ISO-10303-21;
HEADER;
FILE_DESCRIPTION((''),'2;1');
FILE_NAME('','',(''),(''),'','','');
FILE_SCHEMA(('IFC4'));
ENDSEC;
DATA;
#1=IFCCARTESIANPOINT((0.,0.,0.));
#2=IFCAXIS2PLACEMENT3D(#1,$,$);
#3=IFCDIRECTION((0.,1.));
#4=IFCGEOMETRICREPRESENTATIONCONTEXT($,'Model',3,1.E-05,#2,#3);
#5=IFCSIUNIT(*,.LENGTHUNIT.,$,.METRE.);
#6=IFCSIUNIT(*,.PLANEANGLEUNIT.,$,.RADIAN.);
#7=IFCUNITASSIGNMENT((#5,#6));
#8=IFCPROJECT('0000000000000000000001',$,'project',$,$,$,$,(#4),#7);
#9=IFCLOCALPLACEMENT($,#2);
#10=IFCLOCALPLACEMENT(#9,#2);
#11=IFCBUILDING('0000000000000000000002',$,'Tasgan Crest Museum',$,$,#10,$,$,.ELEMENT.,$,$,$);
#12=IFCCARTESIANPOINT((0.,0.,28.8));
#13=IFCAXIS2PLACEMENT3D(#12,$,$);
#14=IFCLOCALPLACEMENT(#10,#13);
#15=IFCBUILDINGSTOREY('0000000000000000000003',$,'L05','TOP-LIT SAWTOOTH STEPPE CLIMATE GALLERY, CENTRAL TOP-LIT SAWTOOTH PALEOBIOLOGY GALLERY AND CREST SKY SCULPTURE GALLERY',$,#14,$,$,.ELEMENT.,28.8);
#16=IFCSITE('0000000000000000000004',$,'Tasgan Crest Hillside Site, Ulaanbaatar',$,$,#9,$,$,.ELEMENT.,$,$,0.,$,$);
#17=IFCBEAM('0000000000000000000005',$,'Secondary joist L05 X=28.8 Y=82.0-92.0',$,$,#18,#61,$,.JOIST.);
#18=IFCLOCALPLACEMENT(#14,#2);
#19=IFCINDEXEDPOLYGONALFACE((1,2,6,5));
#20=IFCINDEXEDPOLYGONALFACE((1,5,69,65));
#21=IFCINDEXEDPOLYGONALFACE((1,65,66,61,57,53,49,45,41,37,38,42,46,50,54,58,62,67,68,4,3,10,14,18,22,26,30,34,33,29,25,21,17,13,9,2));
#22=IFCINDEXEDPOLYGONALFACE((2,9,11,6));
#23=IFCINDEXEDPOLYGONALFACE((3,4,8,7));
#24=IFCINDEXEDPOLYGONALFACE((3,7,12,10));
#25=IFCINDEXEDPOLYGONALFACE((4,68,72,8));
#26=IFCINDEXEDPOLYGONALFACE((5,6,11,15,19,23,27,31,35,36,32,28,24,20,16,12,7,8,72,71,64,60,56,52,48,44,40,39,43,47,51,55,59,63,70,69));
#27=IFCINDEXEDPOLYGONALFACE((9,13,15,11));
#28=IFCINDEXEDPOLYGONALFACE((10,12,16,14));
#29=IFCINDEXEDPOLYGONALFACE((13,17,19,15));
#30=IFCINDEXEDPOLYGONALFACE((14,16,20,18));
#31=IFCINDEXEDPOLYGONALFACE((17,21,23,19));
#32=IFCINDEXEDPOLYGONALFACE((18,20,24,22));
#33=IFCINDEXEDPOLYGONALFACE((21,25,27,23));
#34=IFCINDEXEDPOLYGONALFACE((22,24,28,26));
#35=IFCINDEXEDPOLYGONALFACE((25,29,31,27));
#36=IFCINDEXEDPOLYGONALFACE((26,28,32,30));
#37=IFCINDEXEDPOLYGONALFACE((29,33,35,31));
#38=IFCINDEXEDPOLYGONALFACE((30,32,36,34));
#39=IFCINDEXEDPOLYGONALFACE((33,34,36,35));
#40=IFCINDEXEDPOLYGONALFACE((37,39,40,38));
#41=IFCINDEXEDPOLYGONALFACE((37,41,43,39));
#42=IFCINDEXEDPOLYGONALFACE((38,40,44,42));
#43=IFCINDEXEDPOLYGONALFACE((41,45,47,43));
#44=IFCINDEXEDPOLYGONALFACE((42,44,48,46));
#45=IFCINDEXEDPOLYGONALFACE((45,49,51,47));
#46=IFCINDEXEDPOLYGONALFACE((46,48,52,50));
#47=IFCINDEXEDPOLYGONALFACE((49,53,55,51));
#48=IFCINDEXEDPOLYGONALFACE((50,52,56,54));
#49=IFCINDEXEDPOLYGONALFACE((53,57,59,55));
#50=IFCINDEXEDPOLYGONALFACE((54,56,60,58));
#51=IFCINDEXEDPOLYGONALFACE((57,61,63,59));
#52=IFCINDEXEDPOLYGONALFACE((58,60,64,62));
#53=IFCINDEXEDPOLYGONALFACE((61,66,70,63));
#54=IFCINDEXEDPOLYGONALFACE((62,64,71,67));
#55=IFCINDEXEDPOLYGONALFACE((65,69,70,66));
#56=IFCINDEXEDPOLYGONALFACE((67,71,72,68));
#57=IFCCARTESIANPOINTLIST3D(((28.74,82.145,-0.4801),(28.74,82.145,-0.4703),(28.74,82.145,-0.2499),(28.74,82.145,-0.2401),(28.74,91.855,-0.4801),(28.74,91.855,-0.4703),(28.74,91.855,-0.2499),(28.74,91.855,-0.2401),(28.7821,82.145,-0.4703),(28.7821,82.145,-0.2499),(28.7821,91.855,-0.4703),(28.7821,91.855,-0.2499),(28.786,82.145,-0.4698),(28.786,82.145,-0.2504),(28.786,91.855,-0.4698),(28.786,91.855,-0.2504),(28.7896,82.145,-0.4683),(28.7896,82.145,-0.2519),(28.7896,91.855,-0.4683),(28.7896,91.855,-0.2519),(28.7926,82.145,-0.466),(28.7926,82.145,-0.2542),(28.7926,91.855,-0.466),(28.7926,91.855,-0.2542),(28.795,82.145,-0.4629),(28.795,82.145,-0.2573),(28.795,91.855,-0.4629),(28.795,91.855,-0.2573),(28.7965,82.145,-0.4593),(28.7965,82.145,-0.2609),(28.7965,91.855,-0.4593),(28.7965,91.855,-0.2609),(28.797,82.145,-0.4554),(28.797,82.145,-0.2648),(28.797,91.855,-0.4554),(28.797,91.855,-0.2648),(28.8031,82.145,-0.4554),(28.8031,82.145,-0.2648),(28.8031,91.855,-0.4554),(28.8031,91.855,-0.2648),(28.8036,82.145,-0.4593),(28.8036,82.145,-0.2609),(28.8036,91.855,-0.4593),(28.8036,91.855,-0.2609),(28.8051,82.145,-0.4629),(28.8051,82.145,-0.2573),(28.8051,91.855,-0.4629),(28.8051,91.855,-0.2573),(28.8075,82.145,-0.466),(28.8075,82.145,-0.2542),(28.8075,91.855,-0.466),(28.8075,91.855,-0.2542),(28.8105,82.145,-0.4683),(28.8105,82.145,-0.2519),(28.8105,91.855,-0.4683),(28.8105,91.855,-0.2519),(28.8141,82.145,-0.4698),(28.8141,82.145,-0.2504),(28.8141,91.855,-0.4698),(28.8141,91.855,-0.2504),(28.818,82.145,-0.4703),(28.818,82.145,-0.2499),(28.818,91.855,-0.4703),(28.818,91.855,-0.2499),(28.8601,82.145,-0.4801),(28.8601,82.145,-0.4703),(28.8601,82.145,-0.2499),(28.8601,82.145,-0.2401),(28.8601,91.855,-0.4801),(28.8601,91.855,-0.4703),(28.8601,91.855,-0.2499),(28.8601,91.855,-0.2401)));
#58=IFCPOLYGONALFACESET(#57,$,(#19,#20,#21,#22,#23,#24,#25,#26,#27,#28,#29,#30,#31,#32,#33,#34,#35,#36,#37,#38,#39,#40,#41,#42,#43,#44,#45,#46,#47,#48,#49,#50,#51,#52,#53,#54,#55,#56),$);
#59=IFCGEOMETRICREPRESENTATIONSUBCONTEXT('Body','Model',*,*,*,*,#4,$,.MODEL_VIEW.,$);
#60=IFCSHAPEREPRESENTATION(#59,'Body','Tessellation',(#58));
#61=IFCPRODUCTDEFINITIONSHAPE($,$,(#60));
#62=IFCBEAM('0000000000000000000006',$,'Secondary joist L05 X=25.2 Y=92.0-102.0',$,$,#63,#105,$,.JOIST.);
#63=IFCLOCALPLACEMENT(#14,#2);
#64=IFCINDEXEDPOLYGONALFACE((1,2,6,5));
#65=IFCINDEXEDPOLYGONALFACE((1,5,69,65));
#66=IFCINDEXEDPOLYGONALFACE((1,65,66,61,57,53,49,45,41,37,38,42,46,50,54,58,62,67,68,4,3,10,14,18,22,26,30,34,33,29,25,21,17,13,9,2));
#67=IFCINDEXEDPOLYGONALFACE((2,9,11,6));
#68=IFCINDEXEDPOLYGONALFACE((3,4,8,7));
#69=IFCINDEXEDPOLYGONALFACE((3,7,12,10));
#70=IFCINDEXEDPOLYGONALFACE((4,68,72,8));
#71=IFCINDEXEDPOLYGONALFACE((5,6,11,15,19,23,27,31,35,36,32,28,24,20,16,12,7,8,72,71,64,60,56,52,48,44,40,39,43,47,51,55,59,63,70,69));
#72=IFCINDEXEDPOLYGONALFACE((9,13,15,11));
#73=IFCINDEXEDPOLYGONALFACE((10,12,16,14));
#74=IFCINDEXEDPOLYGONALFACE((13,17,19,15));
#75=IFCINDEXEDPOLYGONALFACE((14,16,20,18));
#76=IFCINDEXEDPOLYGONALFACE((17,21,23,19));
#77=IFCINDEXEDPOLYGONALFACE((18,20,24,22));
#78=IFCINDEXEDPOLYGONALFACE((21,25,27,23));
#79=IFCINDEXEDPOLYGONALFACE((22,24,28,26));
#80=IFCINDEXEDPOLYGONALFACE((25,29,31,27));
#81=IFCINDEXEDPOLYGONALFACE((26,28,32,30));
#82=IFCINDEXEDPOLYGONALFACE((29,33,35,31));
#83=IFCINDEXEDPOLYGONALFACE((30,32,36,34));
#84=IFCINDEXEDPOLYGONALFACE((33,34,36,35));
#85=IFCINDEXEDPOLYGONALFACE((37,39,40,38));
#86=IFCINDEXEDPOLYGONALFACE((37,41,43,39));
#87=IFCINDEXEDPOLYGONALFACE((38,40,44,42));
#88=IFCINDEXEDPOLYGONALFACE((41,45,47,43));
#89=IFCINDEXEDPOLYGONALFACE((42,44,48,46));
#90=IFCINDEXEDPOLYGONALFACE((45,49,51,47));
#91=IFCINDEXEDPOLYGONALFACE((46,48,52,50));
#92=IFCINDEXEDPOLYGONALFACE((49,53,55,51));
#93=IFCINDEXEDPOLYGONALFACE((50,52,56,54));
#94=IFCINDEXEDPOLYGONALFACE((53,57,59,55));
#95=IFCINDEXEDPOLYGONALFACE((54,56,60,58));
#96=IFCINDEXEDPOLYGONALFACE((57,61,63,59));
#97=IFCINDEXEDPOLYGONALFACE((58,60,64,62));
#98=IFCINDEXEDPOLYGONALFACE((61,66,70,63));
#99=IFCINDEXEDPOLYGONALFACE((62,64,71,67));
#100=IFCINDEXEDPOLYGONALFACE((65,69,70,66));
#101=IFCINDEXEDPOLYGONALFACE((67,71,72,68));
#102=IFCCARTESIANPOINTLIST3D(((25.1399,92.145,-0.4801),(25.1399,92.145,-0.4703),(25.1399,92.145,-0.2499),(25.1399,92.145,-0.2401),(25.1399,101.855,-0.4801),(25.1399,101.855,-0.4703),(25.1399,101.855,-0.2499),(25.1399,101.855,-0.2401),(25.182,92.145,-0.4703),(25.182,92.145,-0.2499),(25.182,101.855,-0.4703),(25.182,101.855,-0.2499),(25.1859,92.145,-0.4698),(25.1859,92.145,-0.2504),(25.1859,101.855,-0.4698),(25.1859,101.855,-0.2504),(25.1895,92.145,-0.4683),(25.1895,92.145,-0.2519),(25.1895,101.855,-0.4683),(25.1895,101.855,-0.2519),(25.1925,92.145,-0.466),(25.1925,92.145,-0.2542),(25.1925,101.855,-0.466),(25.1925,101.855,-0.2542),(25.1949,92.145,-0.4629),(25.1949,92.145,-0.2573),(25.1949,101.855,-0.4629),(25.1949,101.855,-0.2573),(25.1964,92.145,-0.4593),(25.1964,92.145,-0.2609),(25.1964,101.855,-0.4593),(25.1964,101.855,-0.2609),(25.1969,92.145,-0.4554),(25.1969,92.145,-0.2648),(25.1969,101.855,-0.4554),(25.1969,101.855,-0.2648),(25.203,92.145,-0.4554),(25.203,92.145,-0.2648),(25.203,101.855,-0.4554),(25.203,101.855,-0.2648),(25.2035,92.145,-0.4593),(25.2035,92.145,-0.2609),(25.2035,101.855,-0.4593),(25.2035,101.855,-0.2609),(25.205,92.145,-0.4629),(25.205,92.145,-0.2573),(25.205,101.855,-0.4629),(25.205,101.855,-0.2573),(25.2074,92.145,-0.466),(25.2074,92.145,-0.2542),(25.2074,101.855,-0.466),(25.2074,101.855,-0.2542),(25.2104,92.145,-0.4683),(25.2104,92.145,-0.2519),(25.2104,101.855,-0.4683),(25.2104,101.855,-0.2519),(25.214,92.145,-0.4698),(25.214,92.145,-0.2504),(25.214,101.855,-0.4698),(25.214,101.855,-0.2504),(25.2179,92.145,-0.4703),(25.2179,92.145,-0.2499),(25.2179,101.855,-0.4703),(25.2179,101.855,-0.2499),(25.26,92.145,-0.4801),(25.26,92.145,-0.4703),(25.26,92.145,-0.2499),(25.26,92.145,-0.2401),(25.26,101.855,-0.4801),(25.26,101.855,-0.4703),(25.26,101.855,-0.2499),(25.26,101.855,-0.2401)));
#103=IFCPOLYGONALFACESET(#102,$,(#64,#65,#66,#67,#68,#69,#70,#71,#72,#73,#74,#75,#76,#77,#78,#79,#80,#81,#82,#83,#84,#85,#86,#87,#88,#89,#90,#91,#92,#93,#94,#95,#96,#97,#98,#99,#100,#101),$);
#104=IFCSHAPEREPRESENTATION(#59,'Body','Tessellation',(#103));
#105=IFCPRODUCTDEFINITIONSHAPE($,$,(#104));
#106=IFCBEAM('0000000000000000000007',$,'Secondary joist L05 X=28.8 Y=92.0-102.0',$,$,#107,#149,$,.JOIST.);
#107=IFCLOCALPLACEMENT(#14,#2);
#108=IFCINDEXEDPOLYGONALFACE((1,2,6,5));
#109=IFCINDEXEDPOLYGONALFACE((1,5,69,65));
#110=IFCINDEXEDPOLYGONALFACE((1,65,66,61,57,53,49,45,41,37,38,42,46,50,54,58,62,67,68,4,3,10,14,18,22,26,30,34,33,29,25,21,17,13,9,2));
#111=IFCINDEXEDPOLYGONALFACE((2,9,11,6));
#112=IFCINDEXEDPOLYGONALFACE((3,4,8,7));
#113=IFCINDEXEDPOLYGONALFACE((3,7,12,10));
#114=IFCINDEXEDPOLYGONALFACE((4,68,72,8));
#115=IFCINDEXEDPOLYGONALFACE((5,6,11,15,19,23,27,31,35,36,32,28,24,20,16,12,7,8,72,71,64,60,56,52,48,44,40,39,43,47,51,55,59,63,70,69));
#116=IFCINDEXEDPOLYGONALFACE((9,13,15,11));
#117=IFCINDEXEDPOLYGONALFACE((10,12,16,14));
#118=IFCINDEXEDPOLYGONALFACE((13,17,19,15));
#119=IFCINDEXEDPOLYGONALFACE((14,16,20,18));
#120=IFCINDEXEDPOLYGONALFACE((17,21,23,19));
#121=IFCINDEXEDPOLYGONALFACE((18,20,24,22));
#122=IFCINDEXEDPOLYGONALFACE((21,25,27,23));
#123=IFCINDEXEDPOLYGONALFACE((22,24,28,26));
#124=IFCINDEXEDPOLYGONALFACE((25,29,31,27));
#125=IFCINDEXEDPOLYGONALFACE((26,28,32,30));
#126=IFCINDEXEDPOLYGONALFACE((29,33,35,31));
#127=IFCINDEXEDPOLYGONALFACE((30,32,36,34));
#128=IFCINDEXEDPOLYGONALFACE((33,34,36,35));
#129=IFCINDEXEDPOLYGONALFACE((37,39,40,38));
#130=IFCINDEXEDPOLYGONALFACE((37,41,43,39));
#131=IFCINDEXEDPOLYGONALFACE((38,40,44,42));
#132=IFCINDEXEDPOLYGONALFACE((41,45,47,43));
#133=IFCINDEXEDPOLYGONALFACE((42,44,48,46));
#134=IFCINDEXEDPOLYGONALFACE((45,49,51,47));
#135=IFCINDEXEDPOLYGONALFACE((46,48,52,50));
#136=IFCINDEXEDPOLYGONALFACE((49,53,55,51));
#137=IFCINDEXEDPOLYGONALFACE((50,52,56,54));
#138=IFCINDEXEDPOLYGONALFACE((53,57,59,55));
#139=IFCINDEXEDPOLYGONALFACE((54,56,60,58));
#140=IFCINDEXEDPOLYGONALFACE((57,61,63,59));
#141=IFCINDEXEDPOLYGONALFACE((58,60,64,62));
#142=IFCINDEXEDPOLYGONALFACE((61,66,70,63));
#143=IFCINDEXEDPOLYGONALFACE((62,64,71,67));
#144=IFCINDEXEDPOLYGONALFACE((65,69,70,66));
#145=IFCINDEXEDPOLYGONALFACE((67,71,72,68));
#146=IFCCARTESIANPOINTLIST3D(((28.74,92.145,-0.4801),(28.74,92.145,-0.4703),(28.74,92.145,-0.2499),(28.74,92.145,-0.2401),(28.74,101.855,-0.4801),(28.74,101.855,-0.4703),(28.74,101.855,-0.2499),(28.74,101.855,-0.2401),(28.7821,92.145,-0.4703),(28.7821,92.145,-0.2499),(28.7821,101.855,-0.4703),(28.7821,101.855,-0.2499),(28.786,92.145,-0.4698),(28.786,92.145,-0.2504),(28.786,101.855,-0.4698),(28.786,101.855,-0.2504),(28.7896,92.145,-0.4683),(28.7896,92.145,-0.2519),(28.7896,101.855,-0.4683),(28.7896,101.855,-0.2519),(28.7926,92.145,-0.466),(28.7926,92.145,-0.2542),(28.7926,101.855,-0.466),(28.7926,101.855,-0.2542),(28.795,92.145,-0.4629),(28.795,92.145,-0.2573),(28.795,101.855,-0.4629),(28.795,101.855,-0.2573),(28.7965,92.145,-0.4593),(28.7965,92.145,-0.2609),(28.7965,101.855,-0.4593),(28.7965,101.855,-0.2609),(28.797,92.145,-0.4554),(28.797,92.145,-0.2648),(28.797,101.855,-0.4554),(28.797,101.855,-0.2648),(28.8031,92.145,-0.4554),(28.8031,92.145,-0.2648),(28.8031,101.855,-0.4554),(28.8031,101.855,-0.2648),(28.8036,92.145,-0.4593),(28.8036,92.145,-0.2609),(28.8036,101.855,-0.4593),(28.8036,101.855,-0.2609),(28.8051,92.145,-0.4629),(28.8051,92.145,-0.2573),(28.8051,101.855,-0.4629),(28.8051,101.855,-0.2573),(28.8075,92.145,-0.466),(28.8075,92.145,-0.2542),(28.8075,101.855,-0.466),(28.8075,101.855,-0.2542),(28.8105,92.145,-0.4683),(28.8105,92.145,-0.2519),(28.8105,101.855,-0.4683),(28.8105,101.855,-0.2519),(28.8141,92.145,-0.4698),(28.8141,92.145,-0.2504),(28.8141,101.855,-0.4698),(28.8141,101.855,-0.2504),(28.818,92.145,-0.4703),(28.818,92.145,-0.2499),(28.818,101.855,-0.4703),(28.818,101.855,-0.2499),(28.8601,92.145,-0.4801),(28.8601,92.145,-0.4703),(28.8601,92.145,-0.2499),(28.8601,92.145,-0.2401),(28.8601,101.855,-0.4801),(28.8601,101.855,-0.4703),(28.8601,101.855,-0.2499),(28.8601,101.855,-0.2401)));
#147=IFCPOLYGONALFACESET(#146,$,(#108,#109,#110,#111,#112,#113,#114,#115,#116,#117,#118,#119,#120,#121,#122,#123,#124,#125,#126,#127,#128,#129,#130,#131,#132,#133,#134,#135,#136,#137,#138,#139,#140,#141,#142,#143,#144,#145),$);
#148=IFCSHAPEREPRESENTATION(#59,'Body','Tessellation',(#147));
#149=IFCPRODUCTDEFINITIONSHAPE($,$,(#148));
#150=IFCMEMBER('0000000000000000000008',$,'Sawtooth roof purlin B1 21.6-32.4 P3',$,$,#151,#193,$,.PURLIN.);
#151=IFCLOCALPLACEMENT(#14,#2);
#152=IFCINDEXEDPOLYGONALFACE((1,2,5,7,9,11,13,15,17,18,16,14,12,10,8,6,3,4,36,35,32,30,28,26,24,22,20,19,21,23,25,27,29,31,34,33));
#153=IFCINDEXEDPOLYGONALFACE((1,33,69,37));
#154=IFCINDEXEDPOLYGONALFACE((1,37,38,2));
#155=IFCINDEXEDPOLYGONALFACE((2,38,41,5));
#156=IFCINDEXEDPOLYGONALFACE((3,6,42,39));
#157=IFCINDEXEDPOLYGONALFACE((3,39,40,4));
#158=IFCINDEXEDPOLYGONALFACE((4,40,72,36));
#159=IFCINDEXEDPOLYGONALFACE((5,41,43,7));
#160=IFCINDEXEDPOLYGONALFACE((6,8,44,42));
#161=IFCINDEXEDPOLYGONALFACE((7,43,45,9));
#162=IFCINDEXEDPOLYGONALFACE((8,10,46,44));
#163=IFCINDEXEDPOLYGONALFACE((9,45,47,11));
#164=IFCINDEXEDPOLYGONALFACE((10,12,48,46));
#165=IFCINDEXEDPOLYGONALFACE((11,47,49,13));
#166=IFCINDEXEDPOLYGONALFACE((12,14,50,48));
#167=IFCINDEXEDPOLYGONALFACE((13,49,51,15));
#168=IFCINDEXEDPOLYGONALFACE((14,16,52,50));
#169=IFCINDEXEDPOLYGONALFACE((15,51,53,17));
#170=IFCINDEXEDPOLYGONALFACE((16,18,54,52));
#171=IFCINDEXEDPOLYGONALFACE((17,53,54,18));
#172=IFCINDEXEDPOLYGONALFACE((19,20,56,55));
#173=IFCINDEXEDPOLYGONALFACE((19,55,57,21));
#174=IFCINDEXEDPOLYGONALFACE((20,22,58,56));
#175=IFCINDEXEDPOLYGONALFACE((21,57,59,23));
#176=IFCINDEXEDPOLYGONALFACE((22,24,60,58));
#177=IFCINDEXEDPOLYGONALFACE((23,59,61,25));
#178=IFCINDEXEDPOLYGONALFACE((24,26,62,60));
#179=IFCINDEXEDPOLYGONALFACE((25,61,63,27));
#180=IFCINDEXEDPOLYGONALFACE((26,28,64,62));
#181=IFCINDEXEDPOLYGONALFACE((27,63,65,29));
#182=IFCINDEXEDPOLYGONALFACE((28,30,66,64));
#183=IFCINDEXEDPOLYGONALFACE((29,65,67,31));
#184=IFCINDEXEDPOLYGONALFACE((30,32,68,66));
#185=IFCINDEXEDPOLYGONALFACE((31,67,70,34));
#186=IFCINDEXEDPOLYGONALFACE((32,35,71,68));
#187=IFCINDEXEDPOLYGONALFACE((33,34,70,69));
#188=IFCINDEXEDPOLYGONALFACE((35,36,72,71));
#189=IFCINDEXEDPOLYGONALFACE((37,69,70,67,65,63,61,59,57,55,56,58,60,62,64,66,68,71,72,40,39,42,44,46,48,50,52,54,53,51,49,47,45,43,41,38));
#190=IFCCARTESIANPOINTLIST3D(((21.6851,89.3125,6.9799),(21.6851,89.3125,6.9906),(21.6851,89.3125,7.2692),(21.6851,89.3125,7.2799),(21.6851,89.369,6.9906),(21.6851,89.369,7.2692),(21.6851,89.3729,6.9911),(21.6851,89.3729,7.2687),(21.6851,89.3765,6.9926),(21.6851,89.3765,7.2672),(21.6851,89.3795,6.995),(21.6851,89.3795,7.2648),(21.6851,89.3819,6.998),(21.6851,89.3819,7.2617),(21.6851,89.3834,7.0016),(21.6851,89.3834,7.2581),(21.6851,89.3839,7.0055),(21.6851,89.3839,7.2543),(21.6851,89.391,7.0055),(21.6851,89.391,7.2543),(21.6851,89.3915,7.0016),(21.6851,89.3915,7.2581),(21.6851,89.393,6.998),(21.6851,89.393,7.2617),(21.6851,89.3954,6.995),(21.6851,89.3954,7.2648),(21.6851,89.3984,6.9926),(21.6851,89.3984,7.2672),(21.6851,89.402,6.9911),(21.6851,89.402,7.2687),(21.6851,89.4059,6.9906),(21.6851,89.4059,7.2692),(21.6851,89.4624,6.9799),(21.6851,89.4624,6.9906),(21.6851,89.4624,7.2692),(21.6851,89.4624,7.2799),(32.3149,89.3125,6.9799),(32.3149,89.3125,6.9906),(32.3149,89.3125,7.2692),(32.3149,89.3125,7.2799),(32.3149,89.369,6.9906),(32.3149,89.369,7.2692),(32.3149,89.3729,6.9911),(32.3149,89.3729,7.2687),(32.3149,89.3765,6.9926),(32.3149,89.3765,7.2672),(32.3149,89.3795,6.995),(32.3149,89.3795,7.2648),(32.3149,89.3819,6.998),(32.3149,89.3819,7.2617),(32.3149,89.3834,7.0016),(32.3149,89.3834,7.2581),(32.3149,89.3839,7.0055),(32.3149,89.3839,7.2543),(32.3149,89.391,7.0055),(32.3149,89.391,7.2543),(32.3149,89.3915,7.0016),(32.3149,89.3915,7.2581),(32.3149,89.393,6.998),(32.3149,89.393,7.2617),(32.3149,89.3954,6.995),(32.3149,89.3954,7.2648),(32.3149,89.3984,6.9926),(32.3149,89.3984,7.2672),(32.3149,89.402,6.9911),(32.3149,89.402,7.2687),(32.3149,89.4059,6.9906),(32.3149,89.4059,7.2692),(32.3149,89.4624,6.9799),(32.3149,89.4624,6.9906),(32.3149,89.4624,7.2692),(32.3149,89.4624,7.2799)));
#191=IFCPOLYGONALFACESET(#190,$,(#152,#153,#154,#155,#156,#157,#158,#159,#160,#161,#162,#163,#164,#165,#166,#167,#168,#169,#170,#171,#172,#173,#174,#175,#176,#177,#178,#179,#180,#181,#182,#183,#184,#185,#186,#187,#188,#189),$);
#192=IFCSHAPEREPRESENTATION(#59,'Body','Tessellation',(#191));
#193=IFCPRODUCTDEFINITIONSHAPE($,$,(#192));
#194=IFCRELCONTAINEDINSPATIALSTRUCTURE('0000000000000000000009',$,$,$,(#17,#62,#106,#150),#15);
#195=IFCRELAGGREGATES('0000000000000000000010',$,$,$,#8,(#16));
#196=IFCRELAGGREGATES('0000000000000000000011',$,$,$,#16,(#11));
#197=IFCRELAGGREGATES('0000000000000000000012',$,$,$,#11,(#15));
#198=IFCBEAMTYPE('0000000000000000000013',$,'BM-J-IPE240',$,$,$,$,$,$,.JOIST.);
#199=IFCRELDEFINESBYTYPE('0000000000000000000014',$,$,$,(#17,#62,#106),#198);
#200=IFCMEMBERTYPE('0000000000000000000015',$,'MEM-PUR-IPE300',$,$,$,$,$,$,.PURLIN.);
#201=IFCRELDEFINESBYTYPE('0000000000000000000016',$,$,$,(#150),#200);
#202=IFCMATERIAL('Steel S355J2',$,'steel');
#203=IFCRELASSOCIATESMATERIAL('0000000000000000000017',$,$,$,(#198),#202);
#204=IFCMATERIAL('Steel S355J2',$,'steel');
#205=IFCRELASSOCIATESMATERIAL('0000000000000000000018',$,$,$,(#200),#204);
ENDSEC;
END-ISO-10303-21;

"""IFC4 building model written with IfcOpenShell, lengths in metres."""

from ifc_helpers import new_model, si_unit, direction, frame, origin, origin_2d, place, context, subcontext, project, spatial, i_section, extrude, material, material_profile, profile_set, type_object, element, save


model = new_model("IFC4")

# Units and contexts
model_context = context("Model", 3, precision=1e-05, world=origin(), true_north=direction((0.0, 1.0)))
body_context = subcontext(model_context, "Body", "Model", "MODEL_VIEW")
ifc_project = project(units=[si_unit("LENGTHUNIT", "METRE"), si_unit("PLANEANGLEUNIT", "RADIAN")], contexts=[model_context])

# Site, building, storey
site_placement = place(None, origin())
site = spatial("IfcSite", under=ifc_project, at=site_placement, Name="Tasgan Crest Hillside Site, Ulaanbaatar", CompositionType="ELEMENT", RefElevation=0.0)
building_placement = place(site_placement, origin())
building = spatial("IfcBuilding", under=site, at=building_placement, Name="Tasgan Crest Museum", CompositionType="ELEMENT")
storey_placement = place(building_placement, frame((0.0, 0.0, 28.8)))
storey = spatial("IfcBuildingStorey", under=building, at=storey_placement, Name="L05", Description="TOP-LIT SAWTOOTH STEPPE CLIMATE GALLERY, CENTRAL TOP-LIT SAWTOOTH PALEOBIOLOGY GALLERY AND CREST SKY SCULPTURE GALLERY", CompositionType="ELEMENT", Elevation=28.8)

# Beams
ifc_material_1 = material(Name="Steel S355J2", Category="steel")
ifc_material_profile_1 = material_profile(ifc_material_1, i_section(OverallWidth=0.1201, OverallDepth=0.24, WebThickness=0.0061, FlangeThickness=0.0098, FilletRadius=0.0149, at=origin_2d()), Name="IPE 240")
ifc_profile_set_1 = profile_set([ifc_material_profile_1], Name="Steel S355J2")
beam_type_1 = type_object("IfcBeamType", Name="BM-J-IPE240", PredefinedType="JOIST", material=ifc_profile_set_1)
for number, where, z_axis, x_axis, name in (
    (1, (28.8, 82.145, -0.3601), (0.0, 1.0, 0.0), (-1.0, 0.0, 0.0), "Secondary joist L05 X=28.8 Y=82.0-92.0"),
    (2, (25.2, 92.145, -0.3601), (0.0, 1.0, 0.0), (-1.0, 0.0, 0.0), "Secondary joist L05 X=25.2 Y=92.0-102.0"),
    (3, (28.8, 92.145, -0.3601), (0.0, 1.0, 0.0), (-1.0, 0.0, 0.0), "Secondary joist L05 X=28.8 Y=92.0-102.0"),
):
    element("IfcBeam", number, at=place(storey_placement, frame(where, z_axis=z_axis, x_axis=x_axis)), inside=storey, type_object=beam_type_1, Name=name, PredefinedType="JOIST", context=body_context, shape_type="SweptSolid", body=[
        extrude(i_section(OverallWidth=0.1201, OverallDepth=0.24, WebThickness=0.0061, FlangeThickness=0.0098, FilletRadius=0.0149, at=origin_2d()), origin(), (0.0, 0.0, 1.0), 9.71),
    ])

# Member
ifc_material_2 = material(Name="Steel S355J2", Category="steel")
ifc_material_profile_2 = material_profile(ifc_material_2, i_section(OverallWidth=0.1499, OverallDepth=0.3, WebThickness=0.0071, FlangeThickness=0.0107, FilletRadius=0.0149, at=origin_2d()), Name="IPE 300")
ifc_profile_set_2 = profile_set([ifc_material_profile_2], Name="Steel S355J2")
member_type_1 = type_object("IfcMemberType", Name="MEM-PUR-IPE300", PredefinedType="PURLIN", material=ifc_profile_set_2)
for number, where, z_axis, x_axis, name in (
    (4, (21.6851, 89.3875, 7.1299), (1.0, 0.0, 0.0), (0.0, 1.0, 0.0), "Sawtooth roof purlin B1 21.6-32.4 P3"),
):
    element("IfcMember", number, at=place(storey_placement, frame(where, z_axis=z_axis, x_axis=x_axis)), inside=storey, type_object=member_type_1, Name=name, PredefinedType="PURLIN", context=body_context, shape_type="SweptSolid", body=[
        extrude(i_section(OverallWidth=0.1499, OverallDepth=0.3, WebThickness=0.0071, FlangeThickness=0.0107, FilletRadius=0.0149, at=origin_2d()), origin(), (0.0, 0.0, 1.0), 10.6299),
    ])

save(model, "model.ifc")
